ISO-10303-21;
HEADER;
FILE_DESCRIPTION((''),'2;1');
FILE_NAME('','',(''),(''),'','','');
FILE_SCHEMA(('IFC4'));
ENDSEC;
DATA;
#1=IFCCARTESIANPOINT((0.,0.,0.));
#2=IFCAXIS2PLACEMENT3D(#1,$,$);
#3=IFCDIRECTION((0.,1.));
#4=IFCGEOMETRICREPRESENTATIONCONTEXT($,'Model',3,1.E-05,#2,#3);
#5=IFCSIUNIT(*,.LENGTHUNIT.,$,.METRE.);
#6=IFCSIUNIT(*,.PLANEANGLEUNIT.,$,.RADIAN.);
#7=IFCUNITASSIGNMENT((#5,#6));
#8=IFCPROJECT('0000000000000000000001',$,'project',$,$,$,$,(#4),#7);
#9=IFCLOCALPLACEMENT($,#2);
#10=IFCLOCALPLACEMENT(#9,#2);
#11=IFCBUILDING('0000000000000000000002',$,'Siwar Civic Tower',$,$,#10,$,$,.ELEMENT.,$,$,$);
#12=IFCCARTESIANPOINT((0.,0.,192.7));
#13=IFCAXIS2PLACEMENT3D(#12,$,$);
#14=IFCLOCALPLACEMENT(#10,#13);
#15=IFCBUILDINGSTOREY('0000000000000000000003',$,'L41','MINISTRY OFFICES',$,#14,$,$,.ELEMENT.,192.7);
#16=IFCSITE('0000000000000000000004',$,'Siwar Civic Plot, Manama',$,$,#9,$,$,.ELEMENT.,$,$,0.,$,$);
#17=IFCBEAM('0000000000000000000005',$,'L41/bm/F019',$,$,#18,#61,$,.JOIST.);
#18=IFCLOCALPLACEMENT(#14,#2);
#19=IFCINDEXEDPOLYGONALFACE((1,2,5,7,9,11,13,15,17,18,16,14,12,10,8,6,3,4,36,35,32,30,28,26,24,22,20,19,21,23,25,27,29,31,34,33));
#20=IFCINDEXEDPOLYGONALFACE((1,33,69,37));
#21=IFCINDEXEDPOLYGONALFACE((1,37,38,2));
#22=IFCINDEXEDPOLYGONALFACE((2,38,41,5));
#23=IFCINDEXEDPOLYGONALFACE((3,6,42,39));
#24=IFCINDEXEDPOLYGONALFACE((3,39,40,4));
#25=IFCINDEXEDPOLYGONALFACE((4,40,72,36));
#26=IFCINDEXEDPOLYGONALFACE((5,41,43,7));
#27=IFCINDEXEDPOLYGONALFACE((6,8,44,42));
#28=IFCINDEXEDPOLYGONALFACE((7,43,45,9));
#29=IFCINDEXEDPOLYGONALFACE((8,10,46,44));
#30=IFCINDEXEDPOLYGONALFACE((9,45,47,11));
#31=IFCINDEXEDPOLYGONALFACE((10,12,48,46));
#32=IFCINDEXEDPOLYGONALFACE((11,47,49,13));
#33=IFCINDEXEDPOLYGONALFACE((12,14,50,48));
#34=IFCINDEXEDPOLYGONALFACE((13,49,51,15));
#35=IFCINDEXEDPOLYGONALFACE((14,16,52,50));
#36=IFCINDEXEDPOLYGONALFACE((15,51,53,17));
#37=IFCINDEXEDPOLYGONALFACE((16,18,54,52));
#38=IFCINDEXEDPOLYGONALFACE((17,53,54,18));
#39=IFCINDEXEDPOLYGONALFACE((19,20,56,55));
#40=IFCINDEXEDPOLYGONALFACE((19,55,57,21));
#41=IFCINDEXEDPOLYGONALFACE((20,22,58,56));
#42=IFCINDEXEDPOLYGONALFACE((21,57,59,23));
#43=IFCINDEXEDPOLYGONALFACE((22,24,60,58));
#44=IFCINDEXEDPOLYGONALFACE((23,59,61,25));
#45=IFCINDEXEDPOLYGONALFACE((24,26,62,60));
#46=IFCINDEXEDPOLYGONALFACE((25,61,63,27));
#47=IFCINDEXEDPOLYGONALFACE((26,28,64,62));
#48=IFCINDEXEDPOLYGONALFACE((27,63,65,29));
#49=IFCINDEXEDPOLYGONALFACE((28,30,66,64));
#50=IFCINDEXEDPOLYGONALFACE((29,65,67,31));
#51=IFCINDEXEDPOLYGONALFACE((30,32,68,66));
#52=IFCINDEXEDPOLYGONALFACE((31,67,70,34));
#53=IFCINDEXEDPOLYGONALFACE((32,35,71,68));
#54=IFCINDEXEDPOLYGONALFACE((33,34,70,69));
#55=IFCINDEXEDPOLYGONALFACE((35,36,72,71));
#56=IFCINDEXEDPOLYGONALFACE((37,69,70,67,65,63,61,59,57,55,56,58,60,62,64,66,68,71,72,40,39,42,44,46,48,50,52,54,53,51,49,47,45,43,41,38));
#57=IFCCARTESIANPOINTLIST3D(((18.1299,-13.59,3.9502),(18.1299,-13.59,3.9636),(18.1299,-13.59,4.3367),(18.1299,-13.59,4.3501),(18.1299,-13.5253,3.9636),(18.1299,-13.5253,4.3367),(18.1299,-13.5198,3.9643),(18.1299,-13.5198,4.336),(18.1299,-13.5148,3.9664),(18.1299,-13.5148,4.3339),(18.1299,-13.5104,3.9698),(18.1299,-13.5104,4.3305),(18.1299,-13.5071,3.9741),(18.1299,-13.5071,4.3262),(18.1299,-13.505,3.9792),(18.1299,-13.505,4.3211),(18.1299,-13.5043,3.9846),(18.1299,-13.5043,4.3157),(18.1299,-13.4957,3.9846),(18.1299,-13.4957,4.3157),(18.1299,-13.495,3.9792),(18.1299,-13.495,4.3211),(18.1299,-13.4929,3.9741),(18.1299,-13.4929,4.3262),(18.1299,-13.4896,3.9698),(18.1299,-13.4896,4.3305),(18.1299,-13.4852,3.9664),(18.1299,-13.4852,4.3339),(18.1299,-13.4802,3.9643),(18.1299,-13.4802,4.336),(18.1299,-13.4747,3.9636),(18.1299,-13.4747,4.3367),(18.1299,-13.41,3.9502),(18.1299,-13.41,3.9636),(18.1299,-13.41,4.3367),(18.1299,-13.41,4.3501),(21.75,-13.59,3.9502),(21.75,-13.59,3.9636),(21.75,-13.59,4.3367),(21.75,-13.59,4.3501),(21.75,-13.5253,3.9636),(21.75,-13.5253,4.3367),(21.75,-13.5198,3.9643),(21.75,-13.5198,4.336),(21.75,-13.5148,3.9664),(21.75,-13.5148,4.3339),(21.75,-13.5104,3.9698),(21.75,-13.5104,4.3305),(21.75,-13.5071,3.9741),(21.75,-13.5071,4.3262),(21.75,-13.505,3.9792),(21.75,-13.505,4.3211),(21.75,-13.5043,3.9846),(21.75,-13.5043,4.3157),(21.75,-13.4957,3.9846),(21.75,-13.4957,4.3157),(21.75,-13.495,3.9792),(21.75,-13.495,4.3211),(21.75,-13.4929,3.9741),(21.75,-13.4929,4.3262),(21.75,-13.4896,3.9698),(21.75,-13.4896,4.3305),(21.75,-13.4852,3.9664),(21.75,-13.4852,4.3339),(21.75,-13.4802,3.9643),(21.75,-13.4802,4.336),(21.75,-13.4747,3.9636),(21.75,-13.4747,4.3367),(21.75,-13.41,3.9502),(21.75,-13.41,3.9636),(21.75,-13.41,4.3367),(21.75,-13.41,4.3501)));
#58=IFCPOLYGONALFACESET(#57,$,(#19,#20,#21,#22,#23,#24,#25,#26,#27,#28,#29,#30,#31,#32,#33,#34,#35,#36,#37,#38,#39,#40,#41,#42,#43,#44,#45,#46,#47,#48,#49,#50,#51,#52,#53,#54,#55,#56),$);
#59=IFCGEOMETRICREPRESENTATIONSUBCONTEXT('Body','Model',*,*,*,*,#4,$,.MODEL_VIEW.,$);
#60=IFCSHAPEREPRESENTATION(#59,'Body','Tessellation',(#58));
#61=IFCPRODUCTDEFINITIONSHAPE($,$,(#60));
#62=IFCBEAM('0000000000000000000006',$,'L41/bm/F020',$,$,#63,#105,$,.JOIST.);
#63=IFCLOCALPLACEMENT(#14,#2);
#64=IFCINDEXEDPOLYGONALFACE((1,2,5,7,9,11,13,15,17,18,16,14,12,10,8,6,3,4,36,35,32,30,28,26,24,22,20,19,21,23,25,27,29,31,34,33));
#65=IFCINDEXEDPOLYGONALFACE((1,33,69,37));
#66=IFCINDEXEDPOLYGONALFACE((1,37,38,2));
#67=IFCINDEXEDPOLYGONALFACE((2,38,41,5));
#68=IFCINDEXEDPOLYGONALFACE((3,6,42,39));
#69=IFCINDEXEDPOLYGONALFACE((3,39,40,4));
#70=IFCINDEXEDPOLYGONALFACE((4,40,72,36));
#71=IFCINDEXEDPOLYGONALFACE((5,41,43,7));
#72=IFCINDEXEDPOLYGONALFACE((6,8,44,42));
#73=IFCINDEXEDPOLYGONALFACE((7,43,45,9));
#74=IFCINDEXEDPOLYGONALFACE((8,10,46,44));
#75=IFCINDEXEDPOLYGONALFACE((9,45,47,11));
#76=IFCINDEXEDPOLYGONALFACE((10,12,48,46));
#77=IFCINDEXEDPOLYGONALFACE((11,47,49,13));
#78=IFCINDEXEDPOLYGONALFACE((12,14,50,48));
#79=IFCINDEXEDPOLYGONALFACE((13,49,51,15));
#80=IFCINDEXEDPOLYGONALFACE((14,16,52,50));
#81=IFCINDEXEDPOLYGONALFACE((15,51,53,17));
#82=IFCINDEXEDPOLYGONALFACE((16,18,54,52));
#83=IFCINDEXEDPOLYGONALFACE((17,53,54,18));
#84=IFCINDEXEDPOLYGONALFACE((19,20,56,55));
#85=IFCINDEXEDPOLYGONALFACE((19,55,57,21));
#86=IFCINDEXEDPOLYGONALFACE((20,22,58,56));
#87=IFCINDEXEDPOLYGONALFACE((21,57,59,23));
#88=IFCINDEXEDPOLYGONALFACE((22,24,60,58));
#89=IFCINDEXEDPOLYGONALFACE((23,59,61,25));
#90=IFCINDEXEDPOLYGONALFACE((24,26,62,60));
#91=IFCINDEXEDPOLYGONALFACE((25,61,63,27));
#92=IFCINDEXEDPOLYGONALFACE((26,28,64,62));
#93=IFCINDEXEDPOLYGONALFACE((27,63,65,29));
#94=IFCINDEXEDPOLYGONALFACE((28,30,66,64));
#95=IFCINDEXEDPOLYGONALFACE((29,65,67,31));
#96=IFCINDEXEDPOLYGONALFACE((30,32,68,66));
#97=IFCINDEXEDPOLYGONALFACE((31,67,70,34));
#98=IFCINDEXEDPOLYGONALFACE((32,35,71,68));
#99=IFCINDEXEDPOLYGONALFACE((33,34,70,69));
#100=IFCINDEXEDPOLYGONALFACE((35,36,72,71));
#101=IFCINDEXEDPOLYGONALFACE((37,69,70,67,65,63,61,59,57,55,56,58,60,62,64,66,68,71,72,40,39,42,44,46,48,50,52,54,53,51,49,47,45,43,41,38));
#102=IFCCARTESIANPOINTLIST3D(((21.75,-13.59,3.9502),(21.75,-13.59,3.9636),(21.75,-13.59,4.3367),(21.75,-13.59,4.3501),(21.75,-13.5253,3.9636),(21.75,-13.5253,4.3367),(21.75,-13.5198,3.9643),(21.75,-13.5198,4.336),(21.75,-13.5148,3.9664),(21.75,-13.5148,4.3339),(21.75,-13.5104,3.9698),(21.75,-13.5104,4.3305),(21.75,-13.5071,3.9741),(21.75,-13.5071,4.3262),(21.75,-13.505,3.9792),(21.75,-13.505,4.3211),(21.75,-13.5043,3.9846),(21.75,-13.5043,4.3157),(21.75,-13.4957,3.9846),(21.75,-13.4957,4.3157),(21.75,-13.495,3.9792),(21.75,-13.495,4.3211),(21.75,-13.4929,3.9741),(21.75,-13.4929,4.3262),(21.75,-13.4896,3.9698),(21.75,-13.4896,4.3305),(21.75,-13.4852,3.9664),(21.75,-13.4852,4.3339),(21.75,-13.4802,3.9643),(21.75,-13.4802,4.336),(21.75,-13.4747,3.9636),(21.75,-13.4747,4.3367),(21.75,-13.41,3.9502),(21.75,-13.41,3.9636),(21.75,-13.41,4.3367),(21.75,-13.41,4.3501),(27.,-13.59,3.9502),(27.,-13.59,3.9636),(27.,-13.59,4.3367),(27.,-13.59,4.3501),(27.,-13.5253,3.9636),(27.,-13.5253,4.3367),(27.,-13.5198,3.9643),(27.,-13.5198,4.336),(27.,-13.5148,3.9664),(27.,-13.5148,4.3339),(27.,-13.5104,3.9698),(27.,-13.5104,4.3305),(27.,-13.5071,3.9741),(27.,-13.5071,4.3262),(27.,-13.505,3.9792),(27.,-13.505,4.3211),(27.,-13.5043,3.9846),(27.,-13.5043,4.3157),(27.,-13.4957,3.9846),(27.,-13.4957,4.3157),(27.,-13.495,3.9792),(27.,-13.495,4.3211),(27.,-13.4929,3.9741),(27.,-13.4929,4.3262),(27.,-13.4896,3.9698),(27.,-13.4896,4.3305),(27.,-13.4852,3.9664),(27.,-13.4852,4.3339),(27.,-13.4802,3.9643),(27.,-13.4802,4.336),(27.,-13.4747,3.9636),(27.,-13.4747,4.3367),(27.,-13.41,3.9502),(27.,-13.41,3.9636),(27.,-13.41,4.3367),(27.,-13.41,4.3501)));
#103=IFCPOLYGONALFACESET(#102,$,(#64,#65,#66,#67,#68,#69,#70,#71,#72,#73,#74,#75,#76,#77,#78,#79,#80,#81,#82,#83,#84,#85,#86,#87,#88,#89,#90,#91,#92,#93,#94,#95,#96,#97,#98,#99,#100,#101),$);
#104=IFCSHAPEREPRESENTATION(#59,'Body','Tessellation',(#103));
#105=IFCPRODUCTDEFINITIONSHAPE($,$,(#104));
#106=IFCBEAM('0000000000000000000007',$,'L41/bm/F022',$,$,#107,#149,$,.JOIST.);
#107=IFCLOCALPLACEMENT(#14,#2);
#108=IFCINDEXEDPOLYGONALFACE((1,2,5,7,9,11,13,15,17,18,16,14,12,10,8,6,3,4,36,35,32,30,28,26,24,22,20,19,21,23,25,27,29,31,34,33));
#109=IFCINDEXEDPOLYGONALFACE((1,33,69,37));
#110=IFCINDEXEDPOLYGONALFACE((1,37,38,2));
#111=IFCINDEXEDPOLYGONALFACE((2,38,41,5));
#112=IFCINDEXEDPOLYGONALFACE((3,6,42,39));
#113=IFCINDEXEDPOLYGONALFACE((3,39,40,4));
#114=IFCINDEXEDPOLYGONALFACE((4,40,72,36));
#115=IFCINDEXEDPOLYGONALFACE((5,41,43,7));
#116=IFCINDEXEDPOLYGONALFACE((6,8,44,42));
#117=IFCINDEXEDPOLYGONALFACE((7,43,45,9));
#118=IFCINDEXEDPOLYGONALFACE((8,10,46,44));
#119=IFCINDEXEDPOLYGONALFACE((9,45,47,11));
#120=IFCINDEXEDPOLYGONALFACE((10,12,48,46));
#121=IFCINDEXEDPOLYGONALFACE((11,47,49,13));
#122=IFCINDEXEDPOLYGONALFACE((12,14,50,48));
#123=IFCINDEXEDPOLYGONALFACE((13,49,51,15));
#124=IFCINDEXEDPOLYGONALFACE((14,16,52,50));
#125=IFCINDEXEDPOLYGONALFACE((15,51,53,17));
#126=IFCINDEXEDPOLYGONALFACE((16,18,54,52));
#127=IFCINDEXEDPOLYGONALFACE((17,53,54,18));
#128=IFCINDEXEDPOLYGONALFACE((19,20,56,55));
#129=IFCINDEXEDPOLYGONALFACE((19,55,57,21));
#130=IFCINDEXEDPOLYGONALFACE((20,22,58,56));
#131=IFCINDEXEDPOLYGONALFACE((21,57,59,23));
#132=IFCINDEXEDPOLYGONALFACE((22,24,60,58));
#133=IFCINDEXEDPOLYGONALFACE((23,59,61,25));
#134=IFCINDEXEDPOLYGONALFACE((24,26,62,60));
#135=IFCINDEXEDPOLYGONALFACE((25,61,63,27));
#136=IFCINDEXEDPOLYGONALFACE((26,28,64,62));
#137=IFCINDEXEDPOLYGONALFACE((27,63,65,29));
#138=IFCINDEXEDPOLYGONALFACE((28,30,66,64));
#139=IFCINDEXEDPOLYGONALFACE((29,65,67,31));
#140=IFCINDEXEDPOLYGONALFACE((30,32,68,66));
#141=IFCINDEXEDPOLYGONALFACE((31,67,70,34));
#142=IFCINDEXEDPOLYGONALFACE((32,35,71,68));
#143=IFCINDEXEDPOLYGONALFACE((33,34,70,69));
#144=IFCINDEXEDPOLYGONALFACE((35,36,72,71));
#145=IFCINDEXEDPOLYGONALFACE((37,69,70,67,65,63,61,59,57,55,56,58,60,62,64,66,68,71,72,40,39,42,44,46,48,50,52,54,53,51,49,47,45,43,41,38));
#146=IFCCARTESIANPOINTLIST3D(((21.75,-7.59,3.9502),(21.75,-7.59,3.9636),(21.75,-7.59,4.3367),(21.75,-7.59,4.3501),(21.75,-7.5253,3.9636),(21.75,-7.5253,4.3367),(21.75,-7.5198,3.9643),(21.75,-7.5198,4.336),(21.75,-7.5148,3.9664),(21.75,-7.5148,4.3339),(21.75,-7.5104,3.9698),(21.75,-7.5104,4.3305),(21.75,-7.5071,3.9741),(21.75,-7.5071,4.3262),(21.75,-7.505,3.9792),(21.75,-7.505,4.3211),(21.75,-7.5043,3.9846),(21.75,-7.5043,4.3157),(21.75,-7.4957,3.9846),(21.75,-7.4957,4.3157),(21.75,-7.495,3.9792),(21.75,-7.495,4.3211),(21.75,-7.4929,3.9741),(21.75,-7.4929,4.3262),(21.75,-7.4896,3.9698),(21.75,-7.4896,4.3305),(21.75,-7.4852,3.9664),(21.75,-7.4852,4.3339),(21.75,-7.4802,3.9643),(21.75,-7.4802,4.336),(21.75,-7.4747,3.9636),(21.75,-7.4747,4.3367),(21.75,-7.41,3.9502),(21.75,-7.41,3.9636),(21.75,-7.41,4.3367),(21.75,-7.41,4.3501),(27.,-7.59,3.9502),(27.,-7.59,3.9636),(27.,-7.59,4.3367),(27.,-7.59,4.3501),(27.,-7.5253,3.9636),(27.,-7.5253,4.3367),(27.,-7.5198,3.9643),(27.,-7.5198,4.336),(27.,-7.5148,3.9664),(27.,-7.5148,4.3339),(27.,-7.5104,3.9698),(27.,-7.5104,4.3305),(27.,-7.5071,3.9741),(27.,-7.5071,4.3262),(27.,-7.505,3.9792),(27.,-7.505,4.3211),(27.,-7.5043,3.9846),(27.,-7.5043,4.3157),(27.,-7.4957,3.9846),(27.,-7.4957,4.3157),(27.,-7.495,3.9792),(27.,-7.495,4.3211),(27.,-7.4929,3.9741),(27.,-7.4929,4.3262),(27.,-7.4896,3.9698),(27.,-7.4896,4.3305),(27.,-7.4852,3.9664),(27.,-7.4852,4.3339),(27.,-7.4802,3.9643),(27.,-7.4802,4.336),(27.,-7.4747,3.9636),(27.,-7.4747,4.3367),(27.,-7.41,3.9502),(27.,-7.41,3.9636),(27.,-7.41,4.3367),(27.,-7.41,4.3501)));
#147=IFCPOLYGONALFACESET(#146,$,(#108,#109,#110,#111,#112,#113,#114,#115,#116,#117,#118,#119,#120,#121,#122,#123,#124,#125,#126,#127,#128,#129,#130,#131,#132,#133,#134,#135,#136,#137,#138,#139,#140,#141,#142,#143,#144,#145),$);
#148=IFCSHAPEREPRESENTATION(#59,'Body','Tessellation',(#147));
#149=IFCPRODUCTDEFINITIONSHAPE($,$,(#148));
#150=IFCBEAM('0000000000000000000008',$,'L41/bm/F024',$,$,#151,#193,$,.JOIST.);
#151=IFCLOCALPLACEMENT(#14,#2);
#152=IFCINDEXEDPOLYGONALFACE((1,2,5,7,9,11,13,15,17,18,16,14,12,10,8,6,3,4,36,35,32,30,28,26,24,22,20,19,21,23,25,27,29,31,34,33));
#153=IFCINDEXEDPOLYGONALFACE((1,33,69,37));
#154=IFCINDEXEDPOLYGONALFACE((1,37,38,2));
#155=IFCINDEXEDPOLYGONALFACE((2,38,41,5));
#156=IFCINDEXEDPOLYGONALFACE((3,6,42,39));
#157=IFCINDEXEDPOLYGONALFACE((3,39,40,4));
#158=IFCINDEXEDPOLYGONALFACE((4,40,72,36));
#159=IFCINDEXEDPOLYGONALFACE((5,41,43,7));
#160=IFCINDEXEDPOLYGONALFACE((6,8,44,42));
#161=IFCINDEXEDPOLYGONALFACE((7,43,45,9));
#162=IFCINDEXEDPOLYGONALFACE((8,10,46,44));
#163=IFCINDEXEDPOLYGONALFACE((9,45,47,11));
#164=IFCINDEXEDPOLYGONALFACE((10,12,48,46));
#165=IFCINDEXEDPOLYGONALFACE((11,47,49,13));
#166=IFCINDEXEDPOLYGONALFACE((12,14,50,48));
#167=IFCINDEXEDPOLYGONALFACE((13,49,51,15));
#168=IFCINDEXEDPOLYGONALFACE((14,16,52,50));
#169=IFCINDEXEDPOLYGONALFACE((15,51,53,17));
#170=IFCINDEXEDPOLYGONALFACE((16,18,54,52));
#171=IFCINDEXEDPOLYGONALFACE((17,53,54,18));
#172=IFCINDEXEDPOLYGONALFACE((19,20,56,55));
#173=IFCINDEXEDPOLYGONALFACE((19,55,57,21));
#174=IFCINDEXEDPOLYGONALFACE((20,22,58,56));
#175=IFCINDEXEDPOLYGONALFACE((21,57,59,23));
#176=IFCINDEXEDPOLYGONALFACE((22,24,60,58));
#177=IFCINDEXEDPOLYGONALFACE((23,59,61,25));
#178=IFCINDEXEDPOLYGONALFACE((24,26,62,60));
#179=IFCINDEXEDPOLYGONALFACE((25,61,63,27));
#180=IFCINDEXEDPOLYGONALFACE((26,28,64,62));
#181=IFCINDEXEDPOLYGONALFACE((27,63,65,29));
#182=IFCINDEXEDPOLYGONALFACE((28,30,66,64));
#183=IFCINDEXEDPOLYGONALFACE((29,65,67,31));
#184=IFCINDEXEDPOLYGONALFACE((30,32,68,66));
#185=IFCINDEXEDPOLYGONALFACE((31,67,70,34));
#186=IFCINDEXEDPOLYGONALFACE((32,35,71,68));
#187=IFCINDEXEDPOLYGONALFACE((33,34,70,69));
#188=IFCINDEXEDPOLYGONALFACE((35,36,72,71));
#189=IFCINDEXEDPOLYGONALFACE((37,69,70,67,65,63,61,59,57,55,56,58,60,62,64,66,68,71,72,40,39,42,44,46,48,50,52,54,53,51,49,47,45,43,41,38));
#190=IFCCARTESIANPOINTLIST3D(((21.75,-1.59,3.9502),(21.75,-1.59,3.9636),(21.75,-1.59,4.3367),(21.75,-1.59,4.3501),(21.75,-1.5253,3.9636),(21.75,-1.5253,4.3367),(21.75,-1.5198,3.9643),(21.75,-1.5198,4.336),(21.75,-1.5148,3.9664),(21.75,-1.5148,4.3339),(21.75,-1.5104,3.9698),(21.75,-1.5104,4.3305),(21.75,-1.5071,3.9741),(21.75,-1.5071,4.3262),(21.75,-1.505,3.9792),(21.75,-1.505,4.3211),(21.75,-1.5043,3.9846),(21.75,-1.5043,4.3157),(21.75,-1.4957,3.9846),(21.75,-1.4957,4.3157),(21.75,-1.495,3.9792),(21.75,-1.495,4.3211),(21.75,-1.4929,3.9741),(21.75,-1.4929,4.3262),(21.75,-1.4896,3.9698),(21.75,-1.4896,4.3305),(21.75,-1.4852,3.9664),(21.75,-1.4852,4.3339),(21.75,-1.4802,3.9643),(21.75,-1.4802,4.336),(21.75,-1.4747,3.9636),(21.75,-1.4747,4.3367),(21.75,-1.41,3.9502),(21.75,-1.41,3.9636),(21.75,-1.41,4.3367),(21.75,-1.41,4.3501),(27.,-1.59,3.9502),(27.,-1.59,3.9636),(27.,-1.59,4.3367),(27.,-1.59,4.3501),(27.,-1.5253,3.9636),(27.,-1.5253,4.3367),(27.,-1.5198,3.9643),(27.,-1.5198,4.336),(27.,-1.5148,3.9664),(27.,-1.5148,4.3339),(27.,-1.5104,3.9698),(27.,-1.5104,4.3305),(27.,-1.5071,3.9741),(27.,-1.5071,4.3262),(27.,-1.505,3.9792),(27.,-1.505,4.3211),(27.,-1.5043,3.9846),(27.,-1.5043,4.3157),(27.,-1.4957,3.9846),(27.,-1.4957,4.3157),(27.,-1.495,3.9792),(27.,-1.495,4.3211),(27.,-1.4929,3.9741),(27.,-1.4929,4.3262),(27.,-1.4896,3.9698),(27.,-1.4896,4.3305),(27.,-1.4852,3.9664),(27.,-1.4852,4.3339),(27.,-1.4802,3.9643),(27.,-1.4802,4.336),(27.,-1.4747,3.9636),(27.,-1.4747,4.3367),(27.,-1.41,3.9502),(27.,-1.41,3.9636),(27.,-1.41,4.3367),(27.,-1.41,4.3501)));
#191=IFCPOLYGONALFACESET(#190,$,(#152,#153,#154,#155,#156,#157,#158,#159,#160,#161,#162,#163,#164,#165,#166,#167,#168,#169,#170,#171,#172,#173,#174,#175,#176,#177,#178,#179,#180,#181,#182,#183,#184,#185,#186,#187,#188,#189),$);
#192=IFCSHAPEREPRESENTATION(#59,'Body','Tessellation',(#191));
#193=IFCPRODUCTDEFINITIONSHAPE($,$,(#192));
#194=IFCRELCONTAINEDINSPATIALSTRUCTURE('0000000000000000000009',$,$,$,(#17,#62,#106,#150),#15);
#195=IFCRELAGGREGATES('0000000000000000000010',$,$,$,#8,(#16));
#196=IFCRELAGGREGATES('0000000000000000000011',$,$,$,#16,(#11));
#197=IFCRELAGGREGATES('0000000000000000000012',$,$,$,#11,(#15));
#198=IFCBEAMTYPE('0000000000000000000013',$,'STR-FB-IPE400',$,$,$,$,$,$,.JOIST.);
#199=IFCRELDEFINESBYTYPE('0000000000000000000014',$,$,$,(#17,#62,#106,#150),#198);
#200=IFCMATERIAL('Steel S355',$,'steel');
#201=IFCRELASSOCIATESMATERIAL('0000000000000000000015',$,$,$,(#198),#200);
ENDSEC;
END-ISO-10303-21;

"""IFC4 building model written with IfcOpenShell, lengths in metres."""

from ifc_helpers import new_model, si_unit, direction, frame, origin, origin_2d, place, context, subcontext, project, spatial, i_section, extrude, material, material_profile, profile_set, type_object, element, save


model = new_model("IFC4")

# Units and contexts
model_context = context("Model", 3, precision=1e-05, world=origin(), true_north=direction((0.0, 1.0)))
body_context = subcontext(model_context, "Body", "Model", "MODEL_VIEW")
ifc_project = project(units=[si_unit("LENGTHUNIT", "METRE"), si_unit("PLANEANGLEUNIT", "RADIAN")], contexts=[model_context])

# Site, building, storey
site_placement = place(None, origin())
site = spatial("IfcSite", under=ifc_project, at=site_placement, Name="Siwar Civic Plot, Manama", CompositionType="ELEMENT", RefElevation=0.0)
building_placement = place(site_placement, origin())
building = spatial("IfcBuilding", under=site, at=building_placement, Name="Siwar Civic Tower", CompositionType="ELEMENT")
storey_placement = place(building_placement, frame((0.0, 0.0, 192.7)))
storey = spatial("IfcBuildingStorey", under=building, at=storey_placement, Name="L41", Description="MINISTRY OFFICES", CompositionType="ELEMENT", Elevation=192.7)

# Beams
ifc_material_1 = material(Name="Steel S355", Category="steel")
ifc_material_profile_1 = material_profile(ifc_material_1, i_section(OverallWidth=0.1799, OverallDepth=0.3999, WebThickness=0.0085, FlangeThickness=0.0134, FilletRadius=0.021, at=origin_2d()), Name="IPE400")
ifc_profile_set_1 = profile_set([ifc_material_profile_1], Name="Steel S355")
beam_type_1 = type_object("IfcBeamType", Name="STR-FB-IPE400", PredefinedType="JOIST", material=ifc_profile_set_1)
beam_placement = place(storey_placement, frame((18.1299, -13.5, 4.1501), z_axis=(1.0, 0.0, 0.0), x_axis=(0.0, 1.0, 0.0)))
element("IfcBeam", 1, at=beam_placement, inside=storey, type_object=beam_type_1, Name="L41/bm/F019", PredefinedType="JOIST", context=body_context, shape_type="SweptSolid", body=[
    extrude(i_section(OverallWidth=0.1799, OverallDepth=0.3999, WebThickness=0.0085, FlangeThickness=0.0134, FilletRadius=0.021, at=origin_2d()), origin(), (0.0, 0.0, 1.0), 3.6201),
])
for number, where, z_axis, x_axis, name in (
    (2, (21.75, -13.5, 4.1501), (1.0, 0.0, 0.0), (0.0, 1.0, 0.0), "L41/bm/F020"),
    (3, (21.75, -7.5, 4.1501), (1.0, 0.0, 0.0), (0.0, 1.0, 0.0), "L41/bm/F022"),
    (4, (21.75, -1.5, 4.1501), (1.0, 0.0, 0.0), (0.0, 1.0, 0.0), "L41/bm/F024"),
):
    element("IfcBeam", number, at=place(storey_placement, frame(where, z_axis=z_axis, x_axis=x_axis)), inside=storey, type_object=beam_type_1, Name=name, PredefinedType="JOIST", context=body_context, shape_type="SweptSolid", body=[
        extrude(i_section(OverallWidth=0.1799, OverallDepth=0.3999, WebThickness=0.0085, FlangeThickness=0.0134, FilletRadius=0.021, at=origin_2d()), origin(), (0.0, 0.0, 1.0), 5.25),
    ])

save(model, "model.ifc")
